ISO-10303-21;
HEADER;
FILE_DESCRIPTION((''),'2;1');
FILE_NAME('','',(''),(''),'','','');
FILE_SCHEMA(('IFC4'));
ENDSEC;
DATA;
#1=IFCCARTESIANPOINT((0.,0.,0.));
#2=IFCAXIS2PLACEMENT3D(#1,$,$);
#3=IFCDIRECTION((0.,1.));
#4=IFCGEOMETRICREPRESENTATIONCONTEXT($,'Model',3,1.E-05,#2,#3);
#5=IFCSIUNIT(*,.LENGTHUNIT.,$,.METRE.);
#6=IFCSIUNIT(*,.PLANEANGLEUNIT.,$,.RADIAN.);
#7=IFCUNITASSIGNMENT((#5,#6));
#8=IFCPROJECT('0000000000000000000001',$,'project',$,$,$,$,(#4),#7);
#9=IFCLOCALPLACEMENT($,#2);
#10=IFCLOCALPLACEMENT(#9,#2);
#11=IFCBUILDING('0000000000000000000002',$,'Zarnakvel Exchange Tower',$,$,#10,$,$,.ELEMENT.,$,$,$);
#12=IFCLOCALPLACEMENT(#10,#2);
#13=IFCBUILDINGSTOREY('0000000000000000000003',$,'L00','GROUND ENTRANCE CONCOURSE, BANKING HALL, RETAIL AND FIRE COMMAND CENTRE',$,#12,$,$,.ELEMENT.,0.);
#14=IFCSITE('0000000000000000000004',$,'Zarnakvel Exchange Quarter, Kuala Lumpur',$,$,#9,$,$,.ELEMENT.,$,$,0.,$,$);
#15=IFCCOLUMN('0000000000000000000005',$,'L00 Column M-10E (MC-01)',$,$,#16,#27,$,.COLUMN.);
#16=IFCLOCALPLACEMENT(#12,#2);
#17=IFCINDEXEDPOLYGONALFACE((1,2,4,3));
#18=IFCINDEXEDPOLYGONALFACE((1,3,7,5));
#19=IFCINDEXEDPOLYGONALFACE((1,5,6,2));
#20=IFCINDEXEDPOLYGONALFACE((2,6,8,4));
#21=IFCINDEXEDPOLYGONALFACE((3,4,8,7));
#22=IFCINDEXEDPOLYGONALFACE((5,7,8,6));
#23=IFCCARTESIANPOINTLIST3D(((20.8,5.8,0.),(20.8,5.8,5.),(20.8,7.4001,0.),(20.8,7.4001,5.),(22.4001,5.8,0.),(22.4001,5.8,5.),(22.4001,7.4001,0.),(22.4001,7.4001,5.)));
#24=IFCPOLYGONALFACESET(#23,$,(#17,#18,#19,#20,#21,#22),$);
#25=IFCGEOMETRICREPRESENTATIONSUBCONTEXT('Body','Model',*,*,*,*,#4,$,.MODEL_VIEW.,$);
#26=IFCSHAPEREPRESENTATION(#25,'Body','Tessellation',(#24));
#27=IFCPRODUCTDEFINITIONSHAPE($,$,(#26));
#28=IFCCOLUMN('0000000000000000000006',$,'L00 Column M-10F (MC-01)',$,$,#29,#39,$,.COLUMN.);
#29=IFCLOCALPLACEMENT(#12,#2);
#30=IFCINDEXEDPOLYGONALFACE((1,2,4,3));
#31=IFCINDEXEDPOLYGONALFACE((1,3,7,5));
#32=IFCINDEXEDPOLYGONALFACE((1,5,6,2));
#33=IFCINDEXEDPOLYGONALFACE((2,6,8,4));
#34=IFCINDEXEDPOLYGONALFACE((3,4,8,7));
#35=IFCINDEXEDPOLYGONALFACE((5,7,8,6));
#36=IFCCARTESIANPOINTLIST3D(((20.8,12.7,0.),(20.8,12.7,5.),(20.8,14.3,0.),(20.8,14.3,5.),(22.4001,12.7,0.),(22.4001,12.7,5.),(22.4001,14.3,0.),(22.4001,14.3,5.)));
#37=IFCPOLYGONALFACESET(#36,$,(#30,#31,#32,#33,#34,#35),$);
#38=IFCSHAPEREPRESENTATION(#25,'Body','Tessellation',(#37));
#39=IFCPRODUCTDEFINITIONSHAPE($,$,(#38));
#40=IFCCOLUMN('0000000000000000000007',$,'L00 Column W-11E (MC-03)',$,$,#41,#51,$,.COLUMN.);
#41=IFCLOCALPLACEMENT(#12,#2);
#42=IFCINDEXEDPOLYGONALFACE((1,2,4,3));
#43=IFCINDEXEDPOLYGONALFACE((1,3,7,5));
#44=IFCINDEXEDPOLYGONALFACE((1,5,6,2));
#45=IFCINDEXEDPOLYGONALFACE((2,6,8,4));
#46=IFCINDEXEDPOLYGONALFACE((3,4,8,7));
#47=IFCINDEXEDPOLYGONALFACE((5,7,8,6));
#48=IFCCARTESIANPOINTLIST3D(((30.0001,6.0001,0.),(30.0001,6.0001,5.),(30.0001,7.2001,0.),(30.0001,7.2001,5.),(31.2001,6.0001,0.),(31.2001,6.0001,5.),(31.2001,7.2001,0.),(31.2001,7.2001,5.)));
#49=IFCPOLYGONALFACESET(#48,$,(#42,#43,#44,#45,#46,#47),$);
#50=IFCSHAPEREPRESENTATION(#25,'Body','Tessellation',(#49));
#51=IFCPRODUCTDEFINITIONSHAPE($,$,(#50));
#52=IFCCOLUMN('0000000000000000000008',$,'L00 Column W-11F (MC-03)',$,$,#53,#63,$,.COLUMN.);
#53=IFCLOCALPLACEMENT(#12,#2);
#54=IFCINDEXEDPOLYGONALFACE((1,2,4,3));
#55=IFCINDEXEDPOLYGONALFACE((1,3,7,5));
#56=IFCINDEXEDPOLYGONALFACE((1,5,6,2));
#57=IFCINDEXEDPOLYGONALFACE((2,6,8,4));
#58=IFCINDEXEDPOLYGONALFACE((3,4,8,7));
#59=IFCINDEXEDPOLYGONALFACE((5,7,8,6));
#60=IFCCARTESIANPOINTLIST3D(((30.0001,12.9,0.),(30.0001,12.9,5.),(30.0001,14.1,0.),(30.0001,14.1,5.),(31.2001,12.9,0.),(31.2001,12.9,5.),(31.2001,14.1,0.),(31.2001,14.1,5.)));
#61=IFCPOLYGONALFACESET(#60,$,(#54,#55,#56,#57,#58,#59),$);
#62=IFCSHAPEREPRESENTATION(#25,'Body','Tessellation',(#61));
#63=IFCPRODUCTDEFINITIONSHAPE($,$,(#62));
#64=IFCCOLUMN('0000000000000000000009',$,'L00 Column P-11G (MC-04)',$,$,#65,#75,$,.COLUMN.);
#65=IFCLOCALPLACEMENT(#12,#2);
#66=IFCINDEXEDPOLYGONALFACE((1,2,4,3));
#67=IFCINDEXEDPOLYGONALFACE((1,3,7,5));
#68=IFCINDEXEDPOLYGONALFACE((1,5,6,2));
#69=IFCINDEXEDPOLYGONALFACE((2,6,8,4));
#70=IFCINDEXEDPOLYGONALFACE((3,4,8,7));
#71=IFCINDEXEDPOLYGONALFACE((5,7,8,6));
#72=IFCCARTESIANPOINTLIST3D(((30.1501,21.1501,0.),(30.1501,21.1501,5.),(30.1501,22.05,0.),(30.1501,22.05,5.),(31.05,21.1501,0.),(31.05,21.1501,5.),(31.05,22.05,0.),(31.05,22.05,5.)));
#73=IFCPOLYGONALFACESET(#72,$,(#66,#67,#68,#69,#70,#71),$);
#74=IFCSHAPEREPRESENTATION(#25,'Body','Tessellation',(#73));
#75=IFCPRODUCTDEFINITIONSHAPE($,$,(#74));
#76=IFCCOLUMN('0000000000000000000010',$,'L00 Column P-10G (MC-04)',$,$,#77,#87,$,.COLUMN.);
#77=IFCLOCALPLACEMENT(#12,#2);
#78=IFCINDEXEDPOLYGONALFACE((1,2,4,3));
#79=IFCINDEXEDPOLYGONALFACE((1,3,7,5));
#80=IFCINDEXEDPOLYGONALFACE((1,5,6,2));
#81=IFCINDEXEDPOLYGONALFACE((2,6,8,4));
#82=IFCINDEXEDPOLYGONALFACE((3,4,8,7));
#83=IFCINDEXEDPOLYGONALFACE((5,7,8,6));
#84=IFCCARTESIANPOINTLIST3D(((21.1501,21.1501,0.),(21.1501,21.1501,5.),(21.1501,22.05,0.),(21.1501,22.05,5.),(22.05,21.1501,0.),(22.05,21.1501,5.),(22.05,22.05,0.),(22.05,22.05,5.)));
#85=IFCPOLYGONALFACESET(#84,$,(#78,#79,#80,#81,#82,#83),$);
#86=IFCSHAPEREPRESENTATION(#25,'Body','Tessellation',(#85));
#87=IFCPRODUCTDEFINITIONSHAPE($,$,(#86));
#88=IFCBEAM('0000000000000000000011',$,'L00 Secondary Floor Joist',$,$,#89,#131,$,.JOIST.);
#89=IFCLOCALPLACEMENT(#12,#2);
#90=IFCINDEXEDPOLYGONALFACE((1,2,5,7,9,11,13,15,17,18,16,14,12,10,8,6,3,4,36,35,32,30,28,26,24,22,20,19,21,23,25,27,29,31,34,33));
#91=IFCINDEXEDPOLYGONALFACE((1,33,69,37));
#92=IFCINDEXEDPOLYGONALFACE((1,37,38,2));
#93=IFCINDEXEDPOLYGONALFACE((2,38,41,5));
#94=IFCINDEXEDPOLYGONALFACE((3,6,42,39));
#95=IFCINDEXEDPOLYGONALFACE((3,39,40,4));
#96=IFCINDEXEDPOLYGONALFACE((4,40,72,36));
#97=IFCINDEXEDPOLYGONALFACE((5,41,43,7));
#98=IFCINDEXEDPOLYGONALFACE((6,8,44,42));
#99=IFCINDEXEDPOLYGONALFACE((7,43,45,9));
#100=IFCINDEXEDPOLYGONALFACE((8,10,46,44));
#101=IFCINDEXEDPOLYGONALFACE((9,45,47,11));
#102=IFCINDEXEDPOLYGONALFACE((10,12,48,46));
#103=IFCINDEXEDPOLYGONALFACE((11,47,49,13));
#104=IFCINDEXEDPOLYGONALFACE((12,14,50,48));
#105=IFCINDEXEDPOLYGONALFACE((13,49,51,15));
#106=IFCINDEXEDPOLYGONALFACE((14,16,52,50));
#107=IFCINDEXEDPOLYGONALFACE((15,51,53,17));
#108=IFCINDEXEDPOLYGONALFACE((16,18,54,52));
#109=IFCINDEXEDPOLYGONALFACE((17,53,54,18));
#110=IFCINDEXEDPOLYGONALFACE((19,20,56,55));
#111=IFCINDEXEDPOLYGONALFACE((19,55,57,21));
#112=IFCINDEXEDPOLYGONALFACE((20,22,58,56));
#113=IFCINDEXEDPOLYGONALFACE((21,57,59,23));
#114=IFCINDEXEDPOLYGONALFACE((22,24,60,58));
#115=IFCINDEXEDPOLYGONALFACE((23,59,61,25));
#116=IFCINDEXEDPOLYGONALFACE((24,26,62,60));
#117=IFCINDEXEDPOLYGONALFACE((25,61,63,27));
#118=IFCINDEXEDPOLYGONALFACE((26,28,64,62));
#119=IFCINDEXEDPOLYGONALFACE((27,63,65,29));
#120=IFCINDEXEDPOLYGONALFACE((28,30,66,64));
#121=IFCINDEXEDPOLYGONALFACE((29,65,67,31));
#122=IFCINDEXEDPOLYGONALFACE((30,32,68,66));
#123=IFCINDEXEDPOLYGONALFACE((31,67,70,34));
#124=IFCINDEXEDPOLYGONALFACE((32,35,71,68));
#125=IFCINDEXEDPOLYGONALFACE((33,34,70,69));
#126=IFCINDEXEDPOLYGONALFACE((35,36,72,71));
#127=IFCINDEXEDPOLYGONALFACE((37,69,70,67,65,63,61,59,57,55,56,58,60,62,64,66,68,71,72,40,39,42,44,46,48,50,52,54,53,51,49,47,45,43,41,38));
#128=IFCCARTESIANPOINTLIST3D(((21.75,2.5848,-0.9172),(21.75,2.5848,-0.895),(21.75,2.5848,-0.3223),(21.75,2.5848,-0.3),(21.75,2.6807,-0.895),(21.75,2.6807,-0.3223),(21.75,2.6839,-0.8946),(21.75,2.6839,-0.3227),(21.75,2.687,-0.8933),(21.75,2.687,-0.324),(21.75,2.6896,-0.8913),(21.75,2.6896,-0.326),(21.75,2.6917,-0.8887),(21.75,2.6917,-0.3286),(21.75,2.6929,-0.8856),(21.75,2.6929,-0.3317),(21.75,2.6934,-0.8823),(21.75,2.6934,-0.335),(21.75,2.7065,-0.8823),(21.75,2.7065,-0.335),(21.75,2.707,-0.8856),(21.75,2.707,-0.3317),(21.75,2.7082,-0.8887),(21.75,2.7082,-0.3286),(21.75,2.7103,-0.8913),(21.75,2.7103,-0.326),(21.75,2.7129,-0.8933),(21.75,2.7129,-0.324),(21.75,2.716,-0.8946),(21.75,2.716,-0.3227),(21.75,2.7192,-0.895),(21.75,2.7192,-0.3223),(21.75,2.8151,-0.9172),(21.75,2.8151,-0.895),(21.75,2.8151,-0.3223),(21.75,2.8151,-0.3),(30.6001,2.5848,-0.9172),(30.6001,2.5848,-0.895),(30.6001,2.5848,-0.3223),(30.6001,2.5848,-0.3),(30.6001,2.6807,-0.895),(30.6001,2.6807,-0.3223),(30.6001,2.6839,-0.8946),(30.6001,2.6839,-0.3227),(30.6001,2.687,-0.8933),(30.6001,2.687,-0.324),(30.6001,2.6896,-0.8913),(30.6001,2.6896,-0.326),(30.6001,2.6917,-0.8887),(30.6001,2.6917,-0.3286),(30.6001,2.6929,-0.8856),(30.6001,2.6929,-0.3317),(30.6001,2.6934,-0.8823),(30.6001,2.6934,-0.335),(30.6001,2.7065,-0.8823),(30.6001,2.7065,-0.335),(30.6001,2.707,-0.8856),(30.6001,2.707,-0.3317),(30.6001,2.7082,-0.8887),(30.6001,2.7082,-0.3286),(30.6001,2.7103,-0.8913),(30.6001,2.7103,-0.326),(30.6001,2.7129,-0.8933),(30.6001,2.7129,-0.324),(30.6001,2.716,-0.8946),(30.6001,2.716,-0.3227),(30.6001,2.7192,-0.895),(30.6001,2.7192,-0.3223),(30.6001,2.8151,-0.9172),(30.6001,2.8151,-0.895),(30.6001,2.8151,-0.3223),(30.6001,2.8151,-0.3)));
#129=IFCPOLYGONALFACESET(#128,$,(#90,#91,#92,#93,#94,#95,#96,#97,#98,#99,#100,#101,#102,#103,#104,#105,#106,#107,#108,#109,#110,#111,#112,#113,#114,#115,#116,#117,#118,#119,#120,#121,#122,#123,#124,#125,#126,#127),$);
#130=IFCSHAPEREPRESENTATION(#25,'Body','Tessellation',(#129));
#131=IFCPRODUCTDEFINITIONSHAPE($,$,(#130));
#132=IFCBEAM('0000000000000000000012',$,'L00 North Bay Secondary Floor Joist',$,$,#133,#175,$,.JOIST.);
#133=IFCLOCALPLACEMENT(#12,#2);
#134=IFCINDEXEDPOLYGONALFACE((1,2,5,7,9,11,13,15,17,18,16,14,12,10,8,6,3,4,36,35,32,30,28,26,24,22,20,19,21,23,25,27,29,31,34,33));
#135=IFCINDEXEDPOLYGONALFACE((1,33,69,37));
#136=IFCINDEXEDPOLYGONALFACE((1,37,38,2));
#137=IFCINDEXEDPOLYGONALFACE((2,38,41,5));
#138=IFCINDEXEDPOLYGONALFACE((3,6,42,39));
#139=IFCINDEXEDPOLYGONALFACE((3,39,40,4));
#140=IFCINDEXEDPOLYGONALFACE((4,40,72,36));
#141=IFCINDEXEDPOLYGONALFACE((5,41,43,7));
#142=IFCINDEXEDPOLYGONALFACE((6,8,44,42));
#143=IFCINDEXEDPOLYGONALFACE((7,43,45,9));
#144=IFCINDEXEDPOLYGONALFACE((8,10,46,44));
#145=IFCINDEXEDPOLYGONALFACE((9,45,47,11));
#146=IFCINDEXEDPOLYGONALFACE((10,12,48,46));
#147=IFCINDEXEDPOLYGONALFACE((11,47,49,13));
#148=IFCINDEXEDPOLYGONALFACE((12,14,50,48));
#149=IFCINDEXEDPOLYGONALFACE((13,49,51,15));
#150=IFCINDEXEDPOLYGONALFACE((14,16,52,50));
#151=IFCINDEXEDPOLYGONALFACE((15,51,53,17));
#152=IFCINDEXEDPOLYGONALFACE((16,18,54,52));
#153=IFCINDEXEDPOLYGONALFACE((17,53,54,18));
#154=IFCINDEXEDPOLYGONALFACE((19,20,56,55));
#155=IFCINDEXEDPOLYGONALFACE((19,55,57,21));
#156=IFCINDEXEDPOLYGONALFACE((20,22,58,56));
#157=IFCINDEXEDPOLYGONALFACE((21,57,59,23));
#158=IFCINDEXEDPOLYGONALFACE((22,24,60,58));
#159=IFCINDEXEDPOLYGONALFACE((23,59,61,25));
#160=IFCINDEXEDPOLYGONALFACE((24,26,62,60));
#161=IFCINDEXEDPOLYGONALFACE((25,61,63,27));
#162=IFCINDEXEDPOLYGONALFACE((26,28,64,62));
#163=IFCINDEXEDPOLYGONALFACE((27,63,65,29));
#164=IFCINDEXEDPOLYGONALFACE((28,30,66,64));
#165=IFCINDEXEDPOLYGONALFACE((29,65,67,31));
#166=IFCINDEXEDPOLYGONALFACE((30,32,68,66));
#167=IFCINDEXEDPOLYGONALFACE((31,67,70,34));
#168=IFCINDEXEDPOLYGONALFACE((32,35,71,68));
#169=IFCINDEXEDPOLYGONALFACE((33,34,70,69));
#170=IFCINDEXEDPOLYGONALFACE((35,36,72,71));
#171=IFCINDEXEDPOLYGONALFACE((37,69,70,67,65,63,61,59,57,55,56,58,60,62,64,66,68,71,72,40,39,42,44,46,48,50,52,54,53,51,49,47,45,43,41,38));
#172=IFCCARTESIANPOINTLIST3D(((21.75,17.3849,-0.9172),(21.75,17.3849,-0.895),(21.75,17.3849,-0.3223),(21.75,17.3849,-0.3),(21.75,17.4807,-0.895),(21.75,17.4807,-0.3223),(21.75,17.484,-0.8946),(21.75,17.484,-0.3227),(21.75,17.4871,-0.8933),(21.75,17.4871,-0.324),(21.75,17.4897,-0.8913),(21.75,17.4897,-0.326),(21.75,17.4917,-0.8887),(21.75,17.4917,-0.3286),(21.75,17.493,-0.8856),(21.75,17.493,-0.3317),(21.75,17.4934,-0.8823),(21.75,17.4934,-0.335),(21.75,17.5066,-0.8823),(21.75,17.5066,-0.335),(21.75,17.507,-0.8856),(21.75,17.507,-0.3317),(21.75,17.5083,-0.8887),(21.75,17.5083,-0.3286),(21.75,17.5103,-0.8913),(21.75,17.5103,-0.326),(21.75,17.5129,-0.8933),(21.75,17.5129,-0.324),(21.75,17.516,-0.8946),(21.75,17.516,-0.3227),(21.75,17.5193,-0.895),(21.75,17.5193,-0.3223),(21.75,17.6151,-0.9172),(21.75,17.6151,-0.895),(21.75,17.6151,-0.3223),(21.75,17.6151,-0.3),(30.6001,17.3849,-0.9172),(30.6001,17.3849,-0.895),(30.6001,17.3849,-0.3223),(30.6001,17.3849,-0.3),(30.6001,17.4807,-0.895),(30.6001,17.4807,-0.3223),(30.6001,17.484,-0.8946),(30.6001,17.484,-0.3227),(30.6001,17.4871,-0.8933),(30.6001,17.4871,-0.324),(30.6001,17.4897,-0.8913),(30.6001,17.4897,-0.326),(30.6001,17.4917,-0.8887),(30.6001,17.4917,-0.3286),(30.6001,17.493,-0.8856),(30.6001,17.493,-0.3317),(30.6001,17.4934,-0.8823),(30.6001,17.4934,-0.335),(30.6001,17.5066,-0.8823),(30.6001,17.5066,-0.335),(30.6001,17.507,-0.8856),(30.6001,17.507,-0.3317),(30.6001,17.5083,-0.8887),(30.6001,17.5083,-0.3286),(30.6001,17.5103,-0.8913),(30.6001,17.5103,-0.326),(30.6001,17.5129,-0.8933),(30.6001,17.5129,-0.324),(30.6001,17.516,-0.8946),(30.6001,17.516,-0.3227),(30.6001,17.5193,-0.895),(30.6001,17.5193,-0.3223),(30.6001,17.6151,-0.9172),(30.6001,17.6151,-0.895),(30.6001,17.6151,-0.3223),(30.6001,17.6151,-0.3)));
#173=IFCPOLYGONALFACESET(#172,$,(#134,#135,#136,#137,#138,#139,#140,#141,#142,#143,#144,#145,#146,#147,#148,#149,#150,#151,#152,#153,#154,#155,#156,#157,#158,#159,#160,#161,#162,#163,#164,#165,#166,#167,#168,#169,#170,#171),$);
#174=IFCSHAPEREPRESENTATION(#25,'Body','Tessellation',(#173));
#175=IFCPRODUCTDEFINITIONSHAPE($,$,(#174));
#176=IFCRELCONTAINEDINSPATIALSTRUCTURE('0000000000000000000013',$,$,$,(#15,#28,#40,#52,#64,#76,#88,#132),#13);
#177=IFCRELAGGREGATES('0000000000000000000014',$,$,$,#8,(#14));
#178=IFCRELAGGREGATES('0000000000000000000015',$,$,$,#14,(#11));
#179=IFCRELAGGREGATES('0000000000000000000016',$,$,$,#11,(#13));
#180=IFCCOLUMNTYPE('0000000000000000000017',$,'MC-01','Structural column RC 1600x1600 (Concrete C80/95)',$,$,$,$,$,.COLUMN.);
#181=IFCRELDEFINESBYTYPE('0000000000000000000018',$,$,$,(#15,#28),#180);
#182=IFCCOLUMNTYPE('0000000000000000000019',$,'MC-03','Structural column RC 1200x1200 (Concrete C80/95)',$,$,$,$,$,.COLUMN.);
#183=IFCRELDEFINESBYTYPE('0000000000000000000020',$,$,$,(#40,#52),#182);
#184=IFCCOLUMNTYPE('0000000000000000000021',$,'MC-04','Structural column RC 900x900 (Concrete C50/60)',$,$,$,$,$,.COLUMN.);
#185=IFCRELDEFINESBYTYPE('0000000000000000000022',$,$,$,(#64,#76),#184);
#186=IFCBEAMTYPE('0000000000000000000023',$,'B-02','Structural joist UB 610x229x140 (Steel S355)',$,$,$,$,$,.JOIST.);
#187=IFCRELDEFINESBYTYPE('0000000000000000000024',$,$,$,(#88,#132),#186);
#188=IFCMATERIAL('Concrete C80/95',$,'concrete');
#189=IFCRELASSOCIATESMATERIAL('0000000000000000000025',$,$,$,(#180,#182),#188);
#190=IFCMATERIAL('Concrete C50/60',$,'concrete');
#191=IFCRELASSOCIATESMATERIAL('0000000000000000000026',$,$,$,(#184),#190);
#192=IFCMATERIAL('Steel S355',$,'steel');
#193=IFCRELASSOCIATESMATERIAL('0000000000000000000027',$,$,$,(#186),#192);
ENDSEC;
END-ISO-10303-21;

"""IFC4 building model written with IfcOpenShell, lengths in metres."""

from ifc_helpers import new_model, si_unit, direction, frame, origin, origin_2d, place, context, subcontext, project, spatial, rectangle, i_section, extrude, material, material_profile, profile_set, type_object, element, save


model = new_model("IFC4")

# Units and contexts
model_context = context("Model", 3, precision=1e-05, world=origin(), true_north=direction((0.0, 1.0)))
body_context = subcontext(model_context, "Body", "Model", "MODEL_VIEW")
ifc_project = project(units=[si_unit("LENGTHUNIT", "METRE"), si_unit("PLANEANGLEUNIT", "RADIAN")], contexts=[model_context])

# Site, building, storey
site_placement = place(None, origin())
site = spatial("IfcSite", under=ifc_project, at=site_placement, Name="Zarnakvel Exchange Quarter, Kuala Lumpur", CompositionType="ELEMENT", RefElevation=0.0)
building_placement = place(site_placement, origin())
building = spatial("IfcBuilding", under=site, at=building_placement, Name="Zarnakvel Exchange Tower", CompositionType="ELEMENT")
storey_placement = place(building_placement, origin())
storey = spatial("IfcBuildingStorey", under=building, at=storey_placement, Name="L00", Description="GROUND ENTRANCE CONCOURSE, BANKING HALL, RETAIL AND FIRE COMMAND CENTRE", CompositionType="ELEMENT", Elevation=0.0)

# Columns
ifc_material_1 = material(Name="Concrete C80/95", Category="concrete")
ifc_material_profile_1 = material_profile(ifc_material_1, rectangle(XDim=1.6001, YDim=1.6001, at=origin_2d()))
ifc_profile_set_1 = profile_set([ifc_material_profile_1], Name="Concrete C80/95")
column_type_1 = type_object("IfcColumnType", Name="MC-01", Description="Structural column RC 1600x1600 (Concrete C80/95)", PredefinedType="COLUMN", material=ifc_profile_set_1)
for number, where, z_axis, x_axis, name in (
    (1, (21.6001, 6.6001, 0.0), (0.0, 0.0, 1.0), (1.0, 0.0, 0.0), "L00 Column M-10E (MC-01)"),
    (2, (21.6001, 13.5, 0.0), (0.0, 0.0, 1.0), (1.0, 0.0, 0.0), "L00 Column M-10F (MC-01)"),
):
    element("IfcColumn", number, at=place(storey_placement, frame(where, z_axis=z_axis, x_axis=x_axis)), inside=storey, type_object=column_type_1, Name=name, PredefinedType="COLUMN", context=body_context, shape_type="SweptSolid", body=[
        extrude(rectangle(XDim=1.6001, YDim=1.6001, at=origin_2d()), origin(), (0.0, 0.0, 1.0), 5.0),
    ])
ifc_material_profile_2 = material_profile(ifc_material_1, rectangle(XDim=1.2, YDim=1.2, at=origin_2d()))
ifc_profile_set_2 = profile_set([ifc_material_profile_2], Name="Concrete C80/95")
column_type_2 = type_object("IfcColumnType", Name="MC-03", Description="Structural column RC 1200x1200 (Concrete C80/95)", PredefinedType="COLUMN", material=ifc_profile_set_2)
for number, where, z_axis, x_axis, name in (
    (3, (30.6001, 6.6001, 0.0), (0.0, 0.0, 1.0), (1.0, 0.0, 0.0), "L00 Column W-11E (MC-03)"),
    (4, (30.6001, 13.5, 0.0), (0.0, 0.0, 1.0), (1.0, 0.0, 0.0), "L00 Column W-11F (MC-03)"),
):
    element("IfcColumn", number, at=place(storey_placement, frame(where, z_axis=z_axis, x_axis=x_axis)), inside=storey, type_object=column_type_2, Name=name, PredefinedType="COLUMN", context=body_context, shape_type="SweptSolid", body=[
        extrude(rectangle(XDim=1.2, YDim=1.2, at=origin_2d()), origin(), (0.0, 0.0, 1.0), 5.0),
    ])
ifc_material_2 = material(Name="Concrete C50/60", Category="concrete")
ifc_material_profile_3 = material_profile(ifc_material_2, rectangle(XDim=0.8999, YDim=0.8999, at=origin_2d()))
ifc_profile_set_3 = profile_set([ifc_material_profile_3], Name="Concrete C50/60")
column_type_3 = type_object("IfcColumnType", Name="MC-04", Description="Structural column RC 900x900 (Concrete C50/60)", PredefinedType="COLUMN", material=ifc_profile_set_3)
for number, where, z_axis, x_axis, name in (
    (5, (30.6001, 21.6001, 0.0), (0.0, 0.0, 1.0), (1.0, 0.0, 0.0), "L00 Column P-11G (MC-04)"),
    (6, (21.6001, 21.6001, 0.0), (0.0, 0.0, 1.0), (1.0, 0.0, 0.0), "L00 Column P-10G (MC-04)"),
):
    element("IfcColumn", number, at=place(storey_placement, frame(where, z_axis=z_axis, x_axis=x_axis)), inside=storey, type_object=column_type_3, Name=name, PredefinedType="COLUMN", context=body_context, shape_type="SweptSolid", body=[
        extrude(rectangle(XDim=0.8999, YDim=0.8999, at=origin_2d()), origin(), (0.0, 0.0, 1.0), 5.0),
    ])

# Beams
ifc_material_3 = material(Name="Steel S355", Category="steel")
ifc_material_profile_4 = material_profile(ifc_material_3, i_section(OverallWidth=0.2302, OverallDepth=0.6172, WebThickness=0.0132, FlangeThickness=0.0222, FilletRadius=0.0127, at=origin_2d()))
ifc_profile_set_4 = profile_set([ifc_material_profile_4], Name="Steel S355")
beam_type_1 = type_object("IfcBeamType", Name="B-02", Description="Structural joist UB 610x229x140 (Steel S355)", PredefinedType="JOIST", material=ifc_profile_set_4)
for number, where, z_axis, x_axis, name in (
    (7, (21.75, 2.7, -0.6086), (1.0, 0.0, 0.0), (0.0, 1.0, 0.0), "L00 Secondary Floor Joist"),
    (8, (21.75, 17.5, -0.6086), (1.0, 0.0, 0.0), (0.0, 1.0, 0.0), "L00 North Bay Secondary Floor Joist"),
):
    element("IfcBeam", number, at=place(storey_placement, frame(where, z_axis=z_axis, x_axis=x_axis)), inside=storey, type_object=beam_type_1, Name=name, PredefinedType="JOIST", context=body_context, shape_type="SweptSolid", body=[
        extrude(i_section(OverallWidth=0.2302, OverallDepth=0.6172, WebThickness=0.0132, FlangeThickness=0.0222, FilletRadius=0.0127, at=origin_2d()), origin(), (0.0, 0.0, 1.0), 8.8501),
    ])

save(model, "model.ifc")
